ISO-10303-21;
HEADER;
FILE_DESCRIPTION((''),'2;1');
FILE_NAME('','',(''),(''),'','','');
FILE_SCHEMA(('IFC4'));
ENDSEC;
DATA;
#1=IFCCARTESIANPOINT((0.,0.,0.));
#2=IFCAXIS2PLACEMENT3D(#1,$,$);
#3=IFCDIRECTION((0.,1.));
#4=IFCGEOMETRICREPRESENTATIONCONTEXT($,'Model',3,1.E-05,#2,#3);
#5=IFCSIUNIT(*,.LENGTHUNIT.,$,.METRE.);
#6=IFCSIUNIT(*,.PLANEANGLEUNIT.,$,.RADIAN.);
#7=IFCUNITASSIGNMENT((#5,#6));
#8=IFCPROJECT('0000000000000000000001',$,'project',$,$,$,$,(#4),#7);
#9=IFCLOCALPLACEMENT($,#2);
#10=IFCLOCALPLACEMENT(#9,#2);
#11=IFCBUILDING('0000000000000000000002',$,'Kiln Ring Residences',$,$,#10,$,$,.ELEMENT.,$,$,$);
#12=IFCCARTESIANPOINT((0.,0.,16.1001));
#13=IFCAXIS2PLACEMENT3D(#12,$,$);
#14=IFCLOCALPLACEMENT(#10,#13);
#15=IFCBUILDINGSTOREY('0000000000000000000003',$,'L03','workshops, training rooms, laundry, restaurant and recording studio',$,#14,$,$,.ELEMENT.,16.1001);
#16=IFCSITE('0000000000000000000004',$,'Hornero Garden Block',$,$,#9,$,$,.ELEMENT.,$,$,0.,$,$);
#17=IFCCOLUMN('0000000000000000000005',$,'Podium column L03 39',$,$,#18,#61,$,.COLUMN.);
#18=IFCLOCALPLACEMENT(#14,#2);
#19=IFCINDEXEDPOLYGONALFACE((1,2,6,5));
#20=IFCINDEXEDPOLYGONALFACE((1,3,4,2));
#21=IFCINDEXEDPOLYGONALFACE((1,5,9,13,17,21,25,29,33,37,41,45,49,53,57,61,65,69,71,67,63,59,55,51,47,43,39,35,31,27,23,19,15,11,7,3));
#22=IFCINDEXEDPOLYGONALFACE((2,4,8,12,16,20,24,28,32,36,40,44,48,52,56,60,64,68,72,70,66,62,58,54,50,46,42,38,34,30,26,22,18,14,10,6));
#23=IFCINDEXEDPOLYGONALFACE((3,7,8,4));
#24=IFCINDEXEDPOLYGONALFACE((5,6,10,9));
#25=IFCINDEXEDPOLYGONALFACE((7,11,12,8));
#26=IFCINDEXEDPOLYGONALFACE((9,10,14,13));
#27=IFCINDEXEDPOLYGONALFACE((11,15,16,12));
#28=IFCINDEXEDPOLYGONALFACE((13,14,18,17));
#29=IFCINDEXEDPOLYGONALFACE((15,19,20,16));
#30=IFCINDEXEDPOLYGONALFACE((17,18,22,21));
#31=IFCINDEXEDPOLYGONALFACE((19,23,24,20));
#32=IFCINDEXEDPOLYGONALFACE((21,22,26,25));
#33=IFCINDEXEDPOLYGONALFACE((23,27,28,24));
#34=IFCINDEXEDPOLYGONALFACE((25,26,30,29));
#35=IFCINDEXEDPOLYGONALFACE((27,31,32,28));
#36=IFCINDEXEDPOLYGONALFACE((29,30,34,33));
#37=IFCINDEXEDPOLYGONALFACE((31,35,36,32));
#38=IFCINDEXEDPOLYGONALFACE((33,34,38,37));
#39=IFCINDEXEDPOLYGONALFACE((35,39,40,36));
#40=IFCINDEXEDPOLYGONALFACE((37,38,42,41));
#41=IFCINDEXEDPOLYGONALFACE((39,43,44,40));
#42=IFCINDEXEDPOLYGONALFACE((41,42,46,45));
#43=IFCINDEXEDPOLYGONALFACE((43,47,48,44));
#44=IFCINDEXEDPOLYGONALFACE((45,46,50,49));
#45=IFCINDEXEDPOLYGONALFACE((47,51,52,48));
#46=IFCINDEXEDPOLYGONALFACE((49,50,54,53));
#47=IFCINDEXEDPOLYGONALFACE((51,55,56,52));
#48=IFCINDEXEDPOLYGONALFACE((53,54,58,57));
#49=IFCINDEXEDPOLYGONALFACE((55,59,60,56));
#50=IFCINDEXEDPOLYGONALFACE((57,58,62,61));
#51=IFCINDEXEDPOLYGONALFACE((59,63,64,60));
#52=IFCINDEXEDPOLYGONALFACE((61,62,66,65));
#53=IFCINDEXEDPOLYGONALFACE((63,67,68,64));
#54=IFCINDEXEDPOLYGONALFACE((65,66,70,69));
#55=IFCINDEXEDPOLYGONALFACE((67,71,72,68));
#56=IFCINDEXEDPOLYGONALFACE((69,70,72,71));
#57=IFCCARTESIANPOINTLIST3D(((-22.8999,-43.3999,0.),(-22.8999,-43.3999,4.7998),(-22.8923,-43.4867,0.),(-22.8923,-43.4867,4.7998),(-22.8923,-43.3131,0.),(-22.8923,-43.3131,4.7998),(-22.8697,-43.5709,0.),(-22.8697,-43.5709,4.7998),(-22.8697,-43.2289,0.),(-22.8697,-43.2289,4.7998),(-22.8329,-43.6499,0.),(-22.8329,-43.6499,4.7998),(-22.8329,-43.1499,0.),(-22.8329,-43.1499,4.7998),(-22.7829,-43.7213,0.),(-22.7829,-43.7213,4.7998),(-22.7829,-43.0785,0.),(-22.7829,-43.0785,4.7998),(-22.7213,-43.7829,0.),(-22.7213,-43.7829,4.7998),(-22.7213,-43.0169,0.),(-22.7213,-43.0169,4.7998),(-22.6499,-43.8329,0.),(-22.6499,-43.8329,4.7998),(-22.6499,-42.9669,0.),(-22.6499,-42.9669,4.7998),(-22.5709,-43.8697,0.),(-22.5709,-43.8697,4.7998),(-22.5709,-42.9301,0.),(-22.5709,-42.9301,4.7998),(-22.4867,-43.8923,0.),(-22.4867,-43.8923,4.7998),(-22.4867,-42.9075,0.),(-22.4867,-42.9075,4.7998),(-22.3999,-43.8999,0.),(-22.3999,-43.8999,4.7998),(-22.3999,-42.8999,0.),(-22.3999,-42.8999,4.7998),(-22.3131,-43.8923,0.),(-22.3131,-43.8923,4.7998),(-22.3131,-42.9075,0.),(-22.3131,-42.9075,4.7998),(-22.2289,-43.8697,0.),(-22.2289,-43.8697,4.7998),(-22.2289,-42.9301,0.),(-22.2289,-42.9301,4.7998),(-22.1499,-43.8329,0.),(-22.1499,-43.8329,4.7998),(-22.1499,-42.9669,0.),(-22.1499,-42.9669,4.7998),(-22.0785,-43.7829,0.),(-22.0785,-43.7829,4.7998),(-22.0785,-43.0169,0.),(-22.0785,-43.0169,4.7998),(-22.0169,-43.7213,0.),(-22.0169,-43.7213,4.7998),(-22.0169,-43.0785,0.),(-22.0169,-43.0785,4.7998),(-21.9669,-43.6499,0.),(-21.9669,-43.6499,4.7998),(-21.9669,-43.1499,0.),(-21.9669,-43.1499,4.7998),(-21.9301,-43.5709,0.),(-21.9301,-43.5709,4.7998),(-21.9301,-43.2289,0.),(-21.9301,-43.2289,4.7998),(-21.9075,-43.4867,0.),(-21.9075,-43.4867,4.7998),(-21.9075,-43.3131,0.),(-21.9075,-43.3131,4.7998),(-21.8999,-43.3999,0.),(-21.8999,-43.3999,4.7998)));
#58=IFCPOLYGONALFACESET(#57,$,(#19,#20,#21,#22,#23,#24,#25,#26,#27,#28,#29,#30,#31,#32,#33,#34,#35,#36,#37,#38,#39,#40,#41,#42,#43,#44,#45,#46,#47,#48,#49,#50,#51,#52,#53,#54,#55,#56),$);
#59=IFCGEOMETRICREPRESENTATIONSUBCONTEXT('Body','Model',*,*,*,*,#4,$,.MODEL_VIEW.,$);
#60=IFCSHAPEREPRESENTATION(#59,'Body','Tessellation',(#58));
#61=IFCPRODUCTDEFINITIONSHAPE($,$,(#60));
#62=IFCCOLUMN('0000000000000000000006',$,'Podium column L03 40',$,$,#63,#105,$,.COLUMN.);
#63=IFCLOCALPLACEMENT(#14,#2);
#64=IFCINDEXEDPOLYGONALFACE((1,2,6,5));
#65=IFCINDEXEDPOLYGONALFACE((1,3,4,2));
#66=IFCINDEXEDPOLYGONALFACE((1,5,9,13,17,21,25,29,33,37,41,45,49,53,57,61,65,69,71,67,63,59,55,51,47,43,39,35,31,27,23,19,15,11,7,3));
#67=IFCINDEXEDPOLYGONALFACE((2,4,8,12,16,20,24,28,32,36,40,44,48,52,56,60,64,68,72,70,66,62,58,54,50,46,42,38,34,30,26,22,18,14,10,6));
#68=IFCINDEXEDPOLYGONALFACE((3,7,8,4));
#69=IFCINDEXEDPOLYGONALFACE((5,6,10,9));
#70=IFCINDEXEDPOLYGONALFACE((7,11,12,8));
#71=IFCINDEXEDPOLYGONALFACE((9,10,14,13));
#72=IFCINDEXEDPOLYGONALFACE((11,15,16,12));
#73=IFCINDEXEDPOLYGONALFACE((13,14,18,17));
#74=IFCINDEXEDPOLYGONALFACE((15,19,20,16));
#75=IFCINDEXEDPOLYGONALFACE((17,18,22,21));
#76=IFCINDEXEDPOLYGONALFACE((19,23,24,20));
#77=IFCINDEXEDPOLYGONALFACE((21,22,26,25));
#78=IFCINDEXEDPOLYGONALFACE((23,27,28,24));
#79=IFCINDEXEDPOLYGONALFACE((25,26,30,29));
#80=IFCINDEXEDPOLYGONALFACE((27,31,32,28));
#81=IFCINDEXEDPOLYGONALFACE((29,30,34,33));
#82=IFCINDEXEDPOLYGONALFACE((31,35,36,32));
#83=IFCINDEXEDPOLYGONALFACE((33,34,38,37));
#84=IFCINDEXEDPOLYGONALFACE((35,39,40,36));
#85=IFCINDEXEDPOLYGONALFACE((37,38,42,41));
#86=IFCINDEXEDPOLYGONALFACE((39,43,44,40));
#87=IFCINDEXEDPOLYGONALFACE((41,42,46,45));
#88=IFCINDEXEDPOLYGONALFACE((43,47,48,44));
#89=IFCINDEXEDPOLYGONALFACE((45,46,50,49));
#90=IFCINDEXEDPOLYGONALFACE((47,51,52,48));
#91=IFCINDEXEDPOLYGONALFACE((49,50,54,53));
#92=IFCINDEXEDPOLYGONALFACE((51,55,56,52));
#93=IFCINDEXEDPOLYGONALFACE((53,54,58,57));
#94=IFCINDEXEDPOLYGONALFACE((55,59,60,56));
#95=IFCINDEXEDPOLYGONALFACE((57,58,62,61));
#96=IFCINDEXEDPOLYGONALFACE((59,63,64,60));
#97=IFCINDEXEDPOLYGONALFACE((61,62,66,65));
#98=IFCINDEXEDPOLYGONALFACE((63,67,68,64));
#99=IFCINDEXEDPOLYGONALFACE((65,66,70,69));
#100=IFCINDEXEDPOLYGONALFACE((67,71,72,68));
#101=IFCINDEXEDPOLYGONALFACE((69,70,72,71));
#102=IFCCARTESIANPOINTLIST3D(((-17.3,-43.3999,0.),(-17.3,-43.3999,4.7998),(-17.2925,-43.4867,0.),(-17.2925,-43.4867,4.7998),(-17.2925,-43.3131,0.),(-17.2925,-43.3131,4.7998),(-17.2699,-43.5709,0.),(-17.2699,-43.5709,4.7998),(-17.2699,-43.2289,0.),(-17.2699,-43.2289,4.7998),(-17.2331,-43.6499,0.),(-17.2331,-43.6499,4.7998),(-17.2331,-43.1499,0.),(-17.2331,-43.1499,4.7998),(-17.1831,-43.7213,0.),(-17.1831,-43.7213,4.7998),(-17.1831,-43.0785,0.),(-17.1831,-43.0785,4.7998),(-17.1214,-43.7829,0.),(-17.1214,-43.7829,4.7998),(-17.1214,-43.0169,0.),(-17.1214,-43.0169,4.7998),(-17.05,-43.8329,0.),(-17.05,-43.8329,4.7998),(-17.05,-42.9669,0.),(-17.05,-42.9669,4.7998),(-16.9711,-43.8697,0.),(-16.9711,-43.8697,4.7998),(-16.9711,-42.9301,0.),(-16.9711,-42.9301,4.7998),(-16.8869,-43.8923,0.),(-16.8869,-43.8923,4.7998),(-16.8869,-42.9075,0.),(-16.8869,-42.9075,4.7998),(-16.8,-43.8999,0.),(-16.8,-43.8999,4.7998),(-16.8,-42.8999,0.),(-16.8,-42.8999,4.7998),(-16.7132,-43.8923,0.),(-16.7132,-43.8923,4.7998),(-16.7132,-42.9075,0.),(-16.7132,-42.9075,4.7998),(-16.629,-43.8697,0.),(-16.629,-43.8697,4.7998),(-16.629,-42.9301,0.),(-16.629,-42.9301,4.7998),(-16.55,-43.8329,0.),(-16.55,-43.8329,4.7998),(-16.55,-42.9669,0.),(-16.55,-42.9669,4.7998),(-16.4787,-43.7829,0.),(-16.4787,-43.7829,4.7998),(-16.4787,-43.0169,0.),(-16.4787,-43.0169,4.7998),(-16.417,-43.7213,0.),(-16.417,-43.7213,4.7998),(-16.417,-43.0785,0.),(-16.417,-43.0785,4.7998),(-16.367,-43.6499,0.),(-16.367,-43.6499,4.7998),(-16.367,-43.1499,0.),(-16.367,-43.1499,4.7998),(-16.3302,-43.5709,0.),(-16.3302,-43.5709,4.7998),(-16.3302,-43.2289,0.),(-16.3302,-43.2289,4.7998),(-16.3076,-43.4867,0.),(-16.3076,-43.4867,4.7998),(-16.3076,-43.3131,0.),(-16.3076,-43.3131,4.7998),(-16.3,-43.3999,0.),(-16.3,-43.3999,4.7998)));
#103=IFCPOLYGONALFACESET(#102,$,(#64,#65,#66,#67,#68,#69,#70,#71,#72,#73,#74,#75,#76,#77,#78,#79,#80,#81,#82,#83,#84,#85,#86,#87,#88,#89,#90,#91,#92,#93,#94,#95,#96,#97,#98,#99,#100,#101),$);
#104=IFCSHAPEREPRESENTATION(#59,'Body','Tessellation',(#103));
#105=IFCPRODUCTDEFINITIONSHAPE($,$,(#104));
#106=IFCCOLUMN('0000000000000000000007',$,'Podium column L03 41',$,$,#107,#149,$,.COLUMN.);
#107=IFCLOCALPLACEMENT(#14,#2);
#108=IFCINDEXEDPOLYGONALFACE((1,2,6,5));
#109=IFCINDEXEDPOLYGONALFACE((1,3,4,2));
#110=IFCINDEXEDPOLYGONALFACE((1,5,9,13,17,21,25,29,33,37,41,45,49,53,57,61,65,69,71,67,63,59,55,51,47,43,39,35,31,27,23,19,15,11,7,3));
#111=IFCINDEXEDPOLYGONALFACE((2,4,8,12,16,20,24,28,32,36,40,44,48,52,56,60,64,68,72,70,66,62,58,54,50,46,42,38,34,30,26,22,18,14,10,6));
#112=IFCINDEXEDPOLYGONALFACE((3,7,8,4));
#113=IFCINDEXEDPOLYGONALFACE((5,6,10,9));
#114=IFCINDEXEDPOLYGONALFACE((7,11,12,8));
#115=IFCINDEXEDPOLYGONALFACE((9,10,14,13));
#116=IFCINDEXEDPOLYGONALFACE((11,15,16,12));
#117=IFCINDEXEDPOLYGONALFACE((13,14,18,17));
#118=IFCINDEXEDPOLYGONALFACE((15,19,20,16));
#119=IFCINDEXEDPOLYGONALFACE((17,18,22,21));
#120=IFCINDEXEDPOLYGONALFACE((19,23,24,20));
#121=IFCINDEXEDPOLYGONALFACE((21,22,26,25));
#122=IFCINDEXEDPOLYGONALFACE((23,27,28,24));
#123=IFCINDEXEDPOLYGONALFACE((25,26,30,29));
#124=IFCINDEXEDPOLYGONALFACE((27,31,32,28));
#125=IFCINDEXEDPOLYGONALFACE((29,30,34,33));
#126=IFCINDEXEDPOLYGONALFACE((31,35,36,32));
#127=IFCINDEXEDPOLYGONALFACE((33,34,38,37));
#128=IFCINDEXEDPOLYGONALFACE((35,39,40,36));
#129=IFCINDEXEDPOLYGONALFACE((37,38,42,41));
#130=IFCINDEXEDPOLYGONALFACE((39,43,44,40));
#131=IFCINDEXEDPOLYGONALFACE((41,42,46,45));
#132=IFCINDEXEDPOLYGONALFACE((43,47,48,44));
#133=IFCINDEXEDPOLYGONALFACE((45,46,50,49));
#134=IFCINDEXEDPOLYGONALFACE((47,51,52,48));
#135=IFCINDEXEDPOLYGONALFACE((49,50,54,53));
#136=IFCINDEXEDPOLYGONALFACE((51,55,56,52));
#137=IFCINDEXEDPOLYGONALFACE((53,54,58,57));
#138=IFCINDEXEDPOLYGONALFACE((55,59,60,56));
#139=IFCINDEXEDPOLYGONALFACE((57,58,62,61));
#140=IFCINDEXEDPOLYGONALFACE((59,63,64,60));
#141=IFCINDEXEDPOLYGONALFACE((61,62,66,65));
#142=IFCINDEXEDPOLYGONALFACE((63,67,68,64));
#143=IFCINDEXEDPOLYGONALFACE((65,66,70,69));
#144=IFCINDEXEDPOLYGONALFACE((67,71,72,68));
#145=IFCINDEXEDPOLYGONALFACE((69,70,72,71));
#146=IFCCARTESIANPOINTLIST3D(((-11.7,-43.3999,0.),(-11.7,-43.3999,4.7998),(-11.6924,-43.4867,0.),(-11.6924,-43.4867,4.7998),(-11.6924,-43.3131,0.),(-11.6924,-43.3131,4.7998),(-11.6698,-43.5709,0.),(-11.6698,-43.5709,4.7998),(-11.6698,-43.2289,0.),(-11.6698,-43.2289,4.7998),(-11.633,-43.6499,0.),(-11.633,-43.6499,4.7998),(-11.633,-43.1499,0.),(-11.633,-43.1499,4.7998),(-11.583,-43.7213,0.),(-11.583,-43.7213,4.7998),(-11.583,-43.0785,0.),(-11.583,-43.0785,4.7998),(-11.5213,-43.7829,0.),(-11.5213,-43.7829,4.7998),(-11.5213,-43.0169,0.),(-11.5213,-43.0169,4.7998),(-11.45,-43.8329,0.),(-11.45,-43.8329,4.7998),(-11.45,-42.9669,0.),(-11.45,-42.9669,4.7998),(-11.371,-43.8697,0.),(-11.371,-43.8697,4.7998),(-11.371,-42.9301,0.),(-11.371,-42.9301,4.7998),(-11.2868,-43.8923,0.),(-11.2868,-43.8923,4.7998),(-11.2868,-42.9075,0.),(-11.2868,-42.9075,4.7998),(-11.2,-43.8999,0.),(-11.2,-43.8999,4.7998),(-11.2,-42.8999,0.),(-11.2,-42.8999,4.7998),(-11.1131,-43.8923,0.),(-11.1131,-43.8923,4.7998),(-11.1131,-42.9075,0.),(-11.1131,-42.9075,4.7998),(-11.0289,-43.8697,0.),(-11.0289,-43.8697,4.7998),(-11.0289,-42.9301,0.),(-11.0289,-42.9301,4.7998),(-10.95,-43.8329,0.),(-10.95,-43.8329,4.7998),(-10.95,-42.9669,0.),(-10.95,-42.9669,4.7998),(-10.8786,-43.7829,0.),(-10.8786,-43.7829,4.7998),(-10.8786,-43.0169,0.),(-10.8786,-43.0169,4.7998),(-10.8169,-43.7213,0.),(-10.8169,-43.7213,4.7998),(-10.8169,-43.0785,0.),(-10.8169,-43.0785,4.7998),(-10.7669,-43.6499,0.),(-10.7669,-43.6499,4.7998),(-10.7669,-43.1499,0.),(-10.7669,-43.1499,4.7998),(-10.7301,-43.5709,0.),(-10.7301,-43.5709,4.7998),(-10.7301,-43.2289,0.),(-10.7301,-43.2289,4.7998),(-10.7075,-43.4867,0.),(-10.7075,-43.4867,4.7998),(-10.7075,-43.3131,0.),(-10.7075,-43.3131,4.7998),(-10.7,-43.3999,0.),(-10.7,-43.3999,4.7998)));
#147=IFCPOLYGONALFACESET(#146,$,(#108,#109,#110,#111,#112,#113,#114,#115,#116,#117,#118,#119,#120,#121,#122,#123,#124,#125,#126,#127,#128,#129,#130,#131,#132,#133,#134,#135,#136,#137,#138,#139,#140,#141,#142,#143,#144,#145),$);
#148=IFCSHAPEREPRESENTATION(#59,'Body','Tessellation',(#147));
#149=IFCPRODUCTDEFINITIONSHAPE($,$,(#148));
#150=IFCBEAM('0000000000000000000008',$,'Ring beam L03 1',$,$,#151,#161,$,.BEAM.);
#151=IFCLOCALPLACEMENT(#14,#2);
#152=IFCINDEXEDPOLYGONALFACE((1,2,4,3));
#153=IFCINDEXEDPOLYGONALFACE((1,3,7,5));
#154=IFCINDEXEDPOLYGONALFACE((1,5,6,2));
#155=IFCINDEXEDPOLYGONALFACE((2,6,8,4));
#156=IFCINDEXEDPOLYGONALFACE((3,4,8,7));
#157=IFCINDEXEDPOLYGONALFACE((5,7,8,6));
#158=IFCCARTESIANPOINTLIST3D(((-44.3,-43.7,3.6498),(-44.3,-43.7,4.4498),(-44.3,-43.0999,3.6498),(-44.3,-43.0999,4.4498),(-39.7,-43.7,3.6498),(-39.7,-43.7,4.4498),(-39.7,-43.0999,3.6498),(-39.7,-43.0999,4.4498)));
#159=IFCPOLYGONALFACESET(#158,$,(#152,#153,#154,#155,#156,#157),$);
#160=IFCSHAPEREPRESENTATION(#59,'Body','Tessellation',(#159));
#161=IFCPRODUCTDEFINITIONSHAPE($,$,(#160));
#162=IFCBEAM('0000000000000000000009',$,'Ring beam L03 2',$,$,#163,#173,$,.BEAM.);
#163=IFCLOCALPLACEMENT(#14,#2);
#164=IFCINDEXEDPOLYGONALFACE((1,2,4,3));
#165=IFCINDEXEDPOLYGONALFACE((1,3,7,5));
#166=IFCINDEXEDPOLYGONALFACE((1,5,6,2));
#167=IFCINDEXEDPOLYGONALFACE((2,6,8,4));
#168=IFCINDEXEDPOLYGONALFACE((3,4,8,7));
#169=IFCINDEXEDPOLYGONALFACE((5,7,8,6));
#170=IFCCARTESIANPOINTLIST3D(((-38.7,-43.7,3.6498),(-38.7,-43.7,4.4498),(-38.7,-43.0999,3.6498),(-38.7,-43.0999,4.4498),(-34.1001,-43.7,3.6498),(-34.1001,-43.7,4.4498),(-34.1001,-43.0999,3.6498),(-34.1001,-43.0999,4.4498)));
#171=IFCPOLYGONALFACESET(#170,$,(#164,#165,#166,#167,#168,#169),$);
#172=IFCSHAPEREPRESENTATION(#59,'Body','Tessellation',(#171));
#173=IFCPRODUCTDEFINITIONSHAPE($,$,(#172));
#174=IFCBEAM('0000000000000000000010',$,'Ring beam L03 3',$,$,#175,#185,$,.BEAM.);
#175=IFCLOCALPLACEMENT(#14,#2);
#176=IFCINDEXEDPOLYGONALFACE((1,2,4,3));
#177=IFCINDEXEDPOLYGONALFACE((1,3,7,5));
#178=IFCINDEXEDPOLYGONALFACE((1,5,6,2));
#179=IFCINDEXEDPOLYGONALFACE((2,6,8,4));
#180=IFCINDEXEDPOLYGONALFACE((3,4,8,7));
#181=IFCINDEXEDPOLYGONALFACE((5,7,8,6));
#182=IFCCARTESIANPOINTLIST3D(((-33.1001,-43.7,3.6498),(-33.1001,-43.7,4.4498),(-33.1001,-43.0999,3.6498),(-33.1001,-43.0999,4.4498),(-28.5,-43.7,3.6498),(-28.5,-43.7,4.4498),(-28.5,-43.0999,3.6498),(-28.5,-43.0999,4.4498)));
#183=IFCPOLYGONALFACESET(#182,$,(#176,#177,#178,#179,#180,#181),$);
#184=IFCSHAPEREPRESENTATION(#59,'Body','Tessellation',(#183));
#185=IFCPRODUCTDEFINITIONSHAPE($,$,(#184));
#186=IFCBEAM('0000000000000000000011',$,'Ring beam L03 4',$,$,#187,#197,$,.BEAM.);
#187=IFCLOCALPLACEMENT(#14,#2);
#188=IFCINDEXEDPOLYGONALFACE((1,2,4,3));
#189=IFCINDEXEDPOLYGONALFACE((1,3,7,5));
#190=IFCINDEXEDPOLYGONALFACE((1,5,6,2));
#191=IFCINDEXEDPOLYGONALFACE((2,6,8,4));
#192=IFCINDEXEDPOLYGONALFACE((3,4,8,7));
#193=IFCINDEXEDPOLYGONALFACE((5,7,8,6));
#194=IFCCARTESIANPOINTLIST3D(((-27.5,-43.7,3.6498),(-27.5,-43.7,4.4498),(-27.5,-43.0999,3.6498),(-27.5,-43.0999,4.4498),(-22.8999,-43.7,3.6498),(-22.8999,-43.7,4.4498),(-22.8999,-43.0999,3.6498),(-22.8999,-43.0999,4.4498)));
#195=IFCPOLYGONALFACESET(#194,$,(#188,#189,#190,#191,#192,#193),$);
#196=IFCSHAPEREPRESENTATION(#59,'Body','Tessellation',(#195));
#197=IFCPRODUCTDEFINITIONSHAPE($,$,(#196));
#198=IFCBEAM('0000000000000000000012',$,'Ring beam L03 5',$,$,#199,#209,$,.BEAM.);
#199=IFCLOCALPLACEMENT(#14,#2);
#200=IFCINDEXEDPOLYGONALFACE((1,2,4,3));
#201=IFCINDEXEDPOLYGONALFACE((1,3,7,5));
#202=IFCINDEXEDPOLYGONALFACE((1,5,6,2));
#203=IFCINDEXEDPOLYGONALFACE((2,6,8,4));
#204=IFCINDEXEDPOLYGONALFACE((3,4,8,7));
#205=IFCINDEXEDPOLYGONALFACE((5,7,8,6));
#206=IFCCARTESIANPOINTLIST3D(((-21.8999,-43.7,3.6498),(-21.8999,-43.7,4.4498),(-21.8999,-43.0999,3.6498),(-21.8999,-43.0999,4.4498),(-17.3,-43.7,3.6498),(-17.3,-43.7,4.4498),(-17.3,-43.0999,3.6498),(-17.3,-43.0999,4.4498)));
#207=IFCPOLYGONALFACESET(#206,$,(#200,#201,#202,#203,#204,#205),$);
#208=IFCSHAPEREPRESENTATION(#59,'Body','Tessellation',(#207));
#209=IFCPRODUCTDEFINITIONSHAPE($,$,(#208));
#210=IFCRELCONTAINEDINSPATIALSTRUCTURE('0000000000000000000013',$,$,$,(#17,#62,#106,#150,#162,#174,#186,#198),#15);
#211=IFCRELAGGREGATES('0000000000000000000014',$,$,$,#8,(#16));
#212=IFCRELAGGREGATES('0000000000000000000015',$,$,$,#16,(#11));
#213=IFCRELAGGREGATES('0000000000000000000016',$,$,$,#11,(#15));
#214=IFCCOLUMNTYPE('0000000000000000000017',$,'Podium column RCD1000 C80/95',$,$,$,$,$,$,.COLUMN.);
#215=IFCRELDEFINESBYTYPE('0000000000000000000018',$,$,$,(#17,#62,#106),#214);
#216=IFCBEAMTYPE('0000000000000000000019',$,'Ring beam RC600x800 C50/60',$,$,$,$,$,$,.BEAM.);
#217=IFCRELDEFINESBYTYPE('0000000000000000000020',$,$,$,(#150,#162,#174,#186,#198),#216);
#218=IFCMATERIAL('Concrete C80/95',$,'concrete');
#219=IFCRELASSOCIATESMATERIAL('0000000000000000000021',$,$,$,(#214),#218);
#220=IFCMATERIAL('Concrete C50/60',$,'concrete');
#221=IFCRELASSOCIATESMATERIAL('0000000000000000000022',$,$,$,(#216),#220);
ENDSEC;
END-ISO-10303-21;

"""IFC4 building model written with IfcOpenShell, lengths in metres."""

from ifc_helpers import new_model, si_unit, direction, frame, origin, origin_2d, place, context, subcontext, project, spatial, rectangle, circle, extrude, material, material_profile, profile_set, type_object, element, save


model = new_model("IFC4")

# Units and contexts
model_context = context("Model", 3, precision=1e-05, world=origin(), true_north=direction((0.0, 1.0)))
body_context = subcontext(model_context, "Body", "Model", "MODEL_VIEW")
ifc_project = project(units=[si_unit("LENGTHUNIT", "METRE"), si_unit("PLANEANGLEUNIT", "RADIAN")], contexts=[model_context])

# Site, building, storey
site_placement = place(None, origin())
site = spatial("IfcSite", under=ifc_project, at=site_placement, Name="Hornero Garden Block", CompositionType="ELEMENT", RefElevation=0.0)
building_placement = place(site_placement, origin())
building = spatial("IfcBuilding", under=site, at=building_placement, Name="Kiln Ring Residences", CompositionType="ELEMENT")
storey_placement = place(building_placement, frame((0.0, 0.0, 16.1001)))
storey = spatial("IfcBuildingStorey", under=building, at=storey_placement, Name="L03", Description="workshops, training rooms, laundry, restaurant and recording studio", CompositionType="ELEMENT", Elevation=16.1001)

# Columns
ifc_material_1 = material(Name="Concrete C80/95", Category="concrete")
ifc_material_profile_1 = material_profile(ifc_material_1, circle(Radius=0.5, at=origin_2d()), Name="RCD1000")
ifc_profile_set_1 = profile_set([ifc_material_profile_1], Name="Concrete C80/95")
column_type = type_object("IfcColumnType", Name="Podium column RCD1000 C80/95", PredefinedType="COLUMN", material=ifc_profile_set_1)
for number, where, z_axis, x_axis, name in (
    (1, (-22.3999, -43.3999, 0.0), (0.0, 0.0, 1.0), (1.0, 0.0, 0.0), "Podium column L03 39"),
    (2, (-16.8, -43.3999, 0.0), (0.0, 0.0, 1.0), (1.0, 0.0, 0.0), "Podium column L03 40"),
    (3, (-11.2, -43.3999, 0.0), (0.0, 0.0, 1.0), (1.0, 0.0, 0.0), "Podium column L03 41"),
):
    element("IfcColumn", number, at=place(storey_placement, frame(where, z_axis=z_axis, x_axis=x_axis)), inside=storey, type_object=column_type, Name=name, PredefinedType="COLUMN", context=body_context, shape_type="SweptSolid", body=[
        extrude(circle(Radius=0.5, at=origin_2d()), origin(), (0.0, 0.0, 1.0), 4.7998),
    ])

# Beams
ifc_material_2 = material(Name="Concrete C50/60", Category="concrete")
ifc_material_profile_2 = material_profile(ifc_material_2, rectangle(XDim=0.6001, YDim=0.8, at=origin_2d()), Name="RC600x800")
ifc_profile_set_2 = profile_set([ifc_material_profile_2], Name="Concrete C50/60")
beam_type = type_object("IfcBeamType", Name="Ring beam RC600x800 C50/60", PredefinedType="BEAM", material=ifc_profile_set_2)
beam_1_placement = place(storey_placement, frame((-44.3, -43.3999, 4.0498), z_axis=(1.0, 0.0, 0.0), x_axis=(0.0, 1.0, 0.0)))
element("IfcBeam", 4, at=beam_1_placement, inside=storey, type_object=beam_type, Name="Ring beam L03 1", PredefinedType="BEAM", context=body_context, shape_type="SweptSolid", body=[
    extrude(rectangle(XDim=0.6001, YDim=0.8, at=origin_2d()), origin(), (0.0, 0.0, 1.0), 4.6001),
])
beam_2_placement = place(storey_placement, frame((-38.7, -43.3999, 4.0498), z_axis=(1.0, 0.0, 0.0), x_axis=(0.0, 1.0, 0.0)))
element("IfcBeam", 5, at=beam_2_placement, inside=storey, type_object=beam_type, Name="Ring beam L03 2", PredefinedType="BEAM", context=body_context, shape_type="SweptSolid", body=[
    extrude(rectangle(XDim=0.6001, YDim=0.8, at=origin_2d()), origin(), (0.0, 0.0, 1.0), 4.5999),
])
for number, where, z_axis, x_axis, name in (
    (6, (-33.1001, -43.3999, 4.0498), (1.0, 0.0, 0.0), (0.0, 1.0, 0.0), "Ring beam L03 3"),
    (7, (-27.5, -43.3999, 4.0498), (1.0, 0.0, 0.0), (0.0, 1.0, 0.0), "Ring beam L03 4"),
):
    element("IfcBeam", number, at=place(storey_placement, frame(where, z_axis=z_axis, x_axis=x_axis)), inside=storey, type_object=beam_type, Name=name, PredefinedType="BEAM", context=body_context, shape_type="SweptSolid", body=[
        extrude(rectangle(XDim=0.6001, YDim=0.8, at=origin_2d()), origin(), (0.0, 0.0, 1.0), 4.6001),
    ])
beam_3_placement = place(storey_placement, frame((-21.8999, -43.3999, 4.0498), z_axis=(1.0, 0.0, 0.0), x_axis=(0.0, 1.0, 0.0)))
element("IfcBeam", 8, at=beam_3_placement, inside=storey, type_object=beam_type, Name="Ring beam L03 5", PredefinedType="BEAM", context=body_context, shape_type="SweptSolid", body=[
    extrude(rectangle(XDim=0.6001, YDim=0.8, at=origin_2d()), origin(), (0.0, 0.0, 1.0), 4.5999),
])

save(model, "model.ifc")
